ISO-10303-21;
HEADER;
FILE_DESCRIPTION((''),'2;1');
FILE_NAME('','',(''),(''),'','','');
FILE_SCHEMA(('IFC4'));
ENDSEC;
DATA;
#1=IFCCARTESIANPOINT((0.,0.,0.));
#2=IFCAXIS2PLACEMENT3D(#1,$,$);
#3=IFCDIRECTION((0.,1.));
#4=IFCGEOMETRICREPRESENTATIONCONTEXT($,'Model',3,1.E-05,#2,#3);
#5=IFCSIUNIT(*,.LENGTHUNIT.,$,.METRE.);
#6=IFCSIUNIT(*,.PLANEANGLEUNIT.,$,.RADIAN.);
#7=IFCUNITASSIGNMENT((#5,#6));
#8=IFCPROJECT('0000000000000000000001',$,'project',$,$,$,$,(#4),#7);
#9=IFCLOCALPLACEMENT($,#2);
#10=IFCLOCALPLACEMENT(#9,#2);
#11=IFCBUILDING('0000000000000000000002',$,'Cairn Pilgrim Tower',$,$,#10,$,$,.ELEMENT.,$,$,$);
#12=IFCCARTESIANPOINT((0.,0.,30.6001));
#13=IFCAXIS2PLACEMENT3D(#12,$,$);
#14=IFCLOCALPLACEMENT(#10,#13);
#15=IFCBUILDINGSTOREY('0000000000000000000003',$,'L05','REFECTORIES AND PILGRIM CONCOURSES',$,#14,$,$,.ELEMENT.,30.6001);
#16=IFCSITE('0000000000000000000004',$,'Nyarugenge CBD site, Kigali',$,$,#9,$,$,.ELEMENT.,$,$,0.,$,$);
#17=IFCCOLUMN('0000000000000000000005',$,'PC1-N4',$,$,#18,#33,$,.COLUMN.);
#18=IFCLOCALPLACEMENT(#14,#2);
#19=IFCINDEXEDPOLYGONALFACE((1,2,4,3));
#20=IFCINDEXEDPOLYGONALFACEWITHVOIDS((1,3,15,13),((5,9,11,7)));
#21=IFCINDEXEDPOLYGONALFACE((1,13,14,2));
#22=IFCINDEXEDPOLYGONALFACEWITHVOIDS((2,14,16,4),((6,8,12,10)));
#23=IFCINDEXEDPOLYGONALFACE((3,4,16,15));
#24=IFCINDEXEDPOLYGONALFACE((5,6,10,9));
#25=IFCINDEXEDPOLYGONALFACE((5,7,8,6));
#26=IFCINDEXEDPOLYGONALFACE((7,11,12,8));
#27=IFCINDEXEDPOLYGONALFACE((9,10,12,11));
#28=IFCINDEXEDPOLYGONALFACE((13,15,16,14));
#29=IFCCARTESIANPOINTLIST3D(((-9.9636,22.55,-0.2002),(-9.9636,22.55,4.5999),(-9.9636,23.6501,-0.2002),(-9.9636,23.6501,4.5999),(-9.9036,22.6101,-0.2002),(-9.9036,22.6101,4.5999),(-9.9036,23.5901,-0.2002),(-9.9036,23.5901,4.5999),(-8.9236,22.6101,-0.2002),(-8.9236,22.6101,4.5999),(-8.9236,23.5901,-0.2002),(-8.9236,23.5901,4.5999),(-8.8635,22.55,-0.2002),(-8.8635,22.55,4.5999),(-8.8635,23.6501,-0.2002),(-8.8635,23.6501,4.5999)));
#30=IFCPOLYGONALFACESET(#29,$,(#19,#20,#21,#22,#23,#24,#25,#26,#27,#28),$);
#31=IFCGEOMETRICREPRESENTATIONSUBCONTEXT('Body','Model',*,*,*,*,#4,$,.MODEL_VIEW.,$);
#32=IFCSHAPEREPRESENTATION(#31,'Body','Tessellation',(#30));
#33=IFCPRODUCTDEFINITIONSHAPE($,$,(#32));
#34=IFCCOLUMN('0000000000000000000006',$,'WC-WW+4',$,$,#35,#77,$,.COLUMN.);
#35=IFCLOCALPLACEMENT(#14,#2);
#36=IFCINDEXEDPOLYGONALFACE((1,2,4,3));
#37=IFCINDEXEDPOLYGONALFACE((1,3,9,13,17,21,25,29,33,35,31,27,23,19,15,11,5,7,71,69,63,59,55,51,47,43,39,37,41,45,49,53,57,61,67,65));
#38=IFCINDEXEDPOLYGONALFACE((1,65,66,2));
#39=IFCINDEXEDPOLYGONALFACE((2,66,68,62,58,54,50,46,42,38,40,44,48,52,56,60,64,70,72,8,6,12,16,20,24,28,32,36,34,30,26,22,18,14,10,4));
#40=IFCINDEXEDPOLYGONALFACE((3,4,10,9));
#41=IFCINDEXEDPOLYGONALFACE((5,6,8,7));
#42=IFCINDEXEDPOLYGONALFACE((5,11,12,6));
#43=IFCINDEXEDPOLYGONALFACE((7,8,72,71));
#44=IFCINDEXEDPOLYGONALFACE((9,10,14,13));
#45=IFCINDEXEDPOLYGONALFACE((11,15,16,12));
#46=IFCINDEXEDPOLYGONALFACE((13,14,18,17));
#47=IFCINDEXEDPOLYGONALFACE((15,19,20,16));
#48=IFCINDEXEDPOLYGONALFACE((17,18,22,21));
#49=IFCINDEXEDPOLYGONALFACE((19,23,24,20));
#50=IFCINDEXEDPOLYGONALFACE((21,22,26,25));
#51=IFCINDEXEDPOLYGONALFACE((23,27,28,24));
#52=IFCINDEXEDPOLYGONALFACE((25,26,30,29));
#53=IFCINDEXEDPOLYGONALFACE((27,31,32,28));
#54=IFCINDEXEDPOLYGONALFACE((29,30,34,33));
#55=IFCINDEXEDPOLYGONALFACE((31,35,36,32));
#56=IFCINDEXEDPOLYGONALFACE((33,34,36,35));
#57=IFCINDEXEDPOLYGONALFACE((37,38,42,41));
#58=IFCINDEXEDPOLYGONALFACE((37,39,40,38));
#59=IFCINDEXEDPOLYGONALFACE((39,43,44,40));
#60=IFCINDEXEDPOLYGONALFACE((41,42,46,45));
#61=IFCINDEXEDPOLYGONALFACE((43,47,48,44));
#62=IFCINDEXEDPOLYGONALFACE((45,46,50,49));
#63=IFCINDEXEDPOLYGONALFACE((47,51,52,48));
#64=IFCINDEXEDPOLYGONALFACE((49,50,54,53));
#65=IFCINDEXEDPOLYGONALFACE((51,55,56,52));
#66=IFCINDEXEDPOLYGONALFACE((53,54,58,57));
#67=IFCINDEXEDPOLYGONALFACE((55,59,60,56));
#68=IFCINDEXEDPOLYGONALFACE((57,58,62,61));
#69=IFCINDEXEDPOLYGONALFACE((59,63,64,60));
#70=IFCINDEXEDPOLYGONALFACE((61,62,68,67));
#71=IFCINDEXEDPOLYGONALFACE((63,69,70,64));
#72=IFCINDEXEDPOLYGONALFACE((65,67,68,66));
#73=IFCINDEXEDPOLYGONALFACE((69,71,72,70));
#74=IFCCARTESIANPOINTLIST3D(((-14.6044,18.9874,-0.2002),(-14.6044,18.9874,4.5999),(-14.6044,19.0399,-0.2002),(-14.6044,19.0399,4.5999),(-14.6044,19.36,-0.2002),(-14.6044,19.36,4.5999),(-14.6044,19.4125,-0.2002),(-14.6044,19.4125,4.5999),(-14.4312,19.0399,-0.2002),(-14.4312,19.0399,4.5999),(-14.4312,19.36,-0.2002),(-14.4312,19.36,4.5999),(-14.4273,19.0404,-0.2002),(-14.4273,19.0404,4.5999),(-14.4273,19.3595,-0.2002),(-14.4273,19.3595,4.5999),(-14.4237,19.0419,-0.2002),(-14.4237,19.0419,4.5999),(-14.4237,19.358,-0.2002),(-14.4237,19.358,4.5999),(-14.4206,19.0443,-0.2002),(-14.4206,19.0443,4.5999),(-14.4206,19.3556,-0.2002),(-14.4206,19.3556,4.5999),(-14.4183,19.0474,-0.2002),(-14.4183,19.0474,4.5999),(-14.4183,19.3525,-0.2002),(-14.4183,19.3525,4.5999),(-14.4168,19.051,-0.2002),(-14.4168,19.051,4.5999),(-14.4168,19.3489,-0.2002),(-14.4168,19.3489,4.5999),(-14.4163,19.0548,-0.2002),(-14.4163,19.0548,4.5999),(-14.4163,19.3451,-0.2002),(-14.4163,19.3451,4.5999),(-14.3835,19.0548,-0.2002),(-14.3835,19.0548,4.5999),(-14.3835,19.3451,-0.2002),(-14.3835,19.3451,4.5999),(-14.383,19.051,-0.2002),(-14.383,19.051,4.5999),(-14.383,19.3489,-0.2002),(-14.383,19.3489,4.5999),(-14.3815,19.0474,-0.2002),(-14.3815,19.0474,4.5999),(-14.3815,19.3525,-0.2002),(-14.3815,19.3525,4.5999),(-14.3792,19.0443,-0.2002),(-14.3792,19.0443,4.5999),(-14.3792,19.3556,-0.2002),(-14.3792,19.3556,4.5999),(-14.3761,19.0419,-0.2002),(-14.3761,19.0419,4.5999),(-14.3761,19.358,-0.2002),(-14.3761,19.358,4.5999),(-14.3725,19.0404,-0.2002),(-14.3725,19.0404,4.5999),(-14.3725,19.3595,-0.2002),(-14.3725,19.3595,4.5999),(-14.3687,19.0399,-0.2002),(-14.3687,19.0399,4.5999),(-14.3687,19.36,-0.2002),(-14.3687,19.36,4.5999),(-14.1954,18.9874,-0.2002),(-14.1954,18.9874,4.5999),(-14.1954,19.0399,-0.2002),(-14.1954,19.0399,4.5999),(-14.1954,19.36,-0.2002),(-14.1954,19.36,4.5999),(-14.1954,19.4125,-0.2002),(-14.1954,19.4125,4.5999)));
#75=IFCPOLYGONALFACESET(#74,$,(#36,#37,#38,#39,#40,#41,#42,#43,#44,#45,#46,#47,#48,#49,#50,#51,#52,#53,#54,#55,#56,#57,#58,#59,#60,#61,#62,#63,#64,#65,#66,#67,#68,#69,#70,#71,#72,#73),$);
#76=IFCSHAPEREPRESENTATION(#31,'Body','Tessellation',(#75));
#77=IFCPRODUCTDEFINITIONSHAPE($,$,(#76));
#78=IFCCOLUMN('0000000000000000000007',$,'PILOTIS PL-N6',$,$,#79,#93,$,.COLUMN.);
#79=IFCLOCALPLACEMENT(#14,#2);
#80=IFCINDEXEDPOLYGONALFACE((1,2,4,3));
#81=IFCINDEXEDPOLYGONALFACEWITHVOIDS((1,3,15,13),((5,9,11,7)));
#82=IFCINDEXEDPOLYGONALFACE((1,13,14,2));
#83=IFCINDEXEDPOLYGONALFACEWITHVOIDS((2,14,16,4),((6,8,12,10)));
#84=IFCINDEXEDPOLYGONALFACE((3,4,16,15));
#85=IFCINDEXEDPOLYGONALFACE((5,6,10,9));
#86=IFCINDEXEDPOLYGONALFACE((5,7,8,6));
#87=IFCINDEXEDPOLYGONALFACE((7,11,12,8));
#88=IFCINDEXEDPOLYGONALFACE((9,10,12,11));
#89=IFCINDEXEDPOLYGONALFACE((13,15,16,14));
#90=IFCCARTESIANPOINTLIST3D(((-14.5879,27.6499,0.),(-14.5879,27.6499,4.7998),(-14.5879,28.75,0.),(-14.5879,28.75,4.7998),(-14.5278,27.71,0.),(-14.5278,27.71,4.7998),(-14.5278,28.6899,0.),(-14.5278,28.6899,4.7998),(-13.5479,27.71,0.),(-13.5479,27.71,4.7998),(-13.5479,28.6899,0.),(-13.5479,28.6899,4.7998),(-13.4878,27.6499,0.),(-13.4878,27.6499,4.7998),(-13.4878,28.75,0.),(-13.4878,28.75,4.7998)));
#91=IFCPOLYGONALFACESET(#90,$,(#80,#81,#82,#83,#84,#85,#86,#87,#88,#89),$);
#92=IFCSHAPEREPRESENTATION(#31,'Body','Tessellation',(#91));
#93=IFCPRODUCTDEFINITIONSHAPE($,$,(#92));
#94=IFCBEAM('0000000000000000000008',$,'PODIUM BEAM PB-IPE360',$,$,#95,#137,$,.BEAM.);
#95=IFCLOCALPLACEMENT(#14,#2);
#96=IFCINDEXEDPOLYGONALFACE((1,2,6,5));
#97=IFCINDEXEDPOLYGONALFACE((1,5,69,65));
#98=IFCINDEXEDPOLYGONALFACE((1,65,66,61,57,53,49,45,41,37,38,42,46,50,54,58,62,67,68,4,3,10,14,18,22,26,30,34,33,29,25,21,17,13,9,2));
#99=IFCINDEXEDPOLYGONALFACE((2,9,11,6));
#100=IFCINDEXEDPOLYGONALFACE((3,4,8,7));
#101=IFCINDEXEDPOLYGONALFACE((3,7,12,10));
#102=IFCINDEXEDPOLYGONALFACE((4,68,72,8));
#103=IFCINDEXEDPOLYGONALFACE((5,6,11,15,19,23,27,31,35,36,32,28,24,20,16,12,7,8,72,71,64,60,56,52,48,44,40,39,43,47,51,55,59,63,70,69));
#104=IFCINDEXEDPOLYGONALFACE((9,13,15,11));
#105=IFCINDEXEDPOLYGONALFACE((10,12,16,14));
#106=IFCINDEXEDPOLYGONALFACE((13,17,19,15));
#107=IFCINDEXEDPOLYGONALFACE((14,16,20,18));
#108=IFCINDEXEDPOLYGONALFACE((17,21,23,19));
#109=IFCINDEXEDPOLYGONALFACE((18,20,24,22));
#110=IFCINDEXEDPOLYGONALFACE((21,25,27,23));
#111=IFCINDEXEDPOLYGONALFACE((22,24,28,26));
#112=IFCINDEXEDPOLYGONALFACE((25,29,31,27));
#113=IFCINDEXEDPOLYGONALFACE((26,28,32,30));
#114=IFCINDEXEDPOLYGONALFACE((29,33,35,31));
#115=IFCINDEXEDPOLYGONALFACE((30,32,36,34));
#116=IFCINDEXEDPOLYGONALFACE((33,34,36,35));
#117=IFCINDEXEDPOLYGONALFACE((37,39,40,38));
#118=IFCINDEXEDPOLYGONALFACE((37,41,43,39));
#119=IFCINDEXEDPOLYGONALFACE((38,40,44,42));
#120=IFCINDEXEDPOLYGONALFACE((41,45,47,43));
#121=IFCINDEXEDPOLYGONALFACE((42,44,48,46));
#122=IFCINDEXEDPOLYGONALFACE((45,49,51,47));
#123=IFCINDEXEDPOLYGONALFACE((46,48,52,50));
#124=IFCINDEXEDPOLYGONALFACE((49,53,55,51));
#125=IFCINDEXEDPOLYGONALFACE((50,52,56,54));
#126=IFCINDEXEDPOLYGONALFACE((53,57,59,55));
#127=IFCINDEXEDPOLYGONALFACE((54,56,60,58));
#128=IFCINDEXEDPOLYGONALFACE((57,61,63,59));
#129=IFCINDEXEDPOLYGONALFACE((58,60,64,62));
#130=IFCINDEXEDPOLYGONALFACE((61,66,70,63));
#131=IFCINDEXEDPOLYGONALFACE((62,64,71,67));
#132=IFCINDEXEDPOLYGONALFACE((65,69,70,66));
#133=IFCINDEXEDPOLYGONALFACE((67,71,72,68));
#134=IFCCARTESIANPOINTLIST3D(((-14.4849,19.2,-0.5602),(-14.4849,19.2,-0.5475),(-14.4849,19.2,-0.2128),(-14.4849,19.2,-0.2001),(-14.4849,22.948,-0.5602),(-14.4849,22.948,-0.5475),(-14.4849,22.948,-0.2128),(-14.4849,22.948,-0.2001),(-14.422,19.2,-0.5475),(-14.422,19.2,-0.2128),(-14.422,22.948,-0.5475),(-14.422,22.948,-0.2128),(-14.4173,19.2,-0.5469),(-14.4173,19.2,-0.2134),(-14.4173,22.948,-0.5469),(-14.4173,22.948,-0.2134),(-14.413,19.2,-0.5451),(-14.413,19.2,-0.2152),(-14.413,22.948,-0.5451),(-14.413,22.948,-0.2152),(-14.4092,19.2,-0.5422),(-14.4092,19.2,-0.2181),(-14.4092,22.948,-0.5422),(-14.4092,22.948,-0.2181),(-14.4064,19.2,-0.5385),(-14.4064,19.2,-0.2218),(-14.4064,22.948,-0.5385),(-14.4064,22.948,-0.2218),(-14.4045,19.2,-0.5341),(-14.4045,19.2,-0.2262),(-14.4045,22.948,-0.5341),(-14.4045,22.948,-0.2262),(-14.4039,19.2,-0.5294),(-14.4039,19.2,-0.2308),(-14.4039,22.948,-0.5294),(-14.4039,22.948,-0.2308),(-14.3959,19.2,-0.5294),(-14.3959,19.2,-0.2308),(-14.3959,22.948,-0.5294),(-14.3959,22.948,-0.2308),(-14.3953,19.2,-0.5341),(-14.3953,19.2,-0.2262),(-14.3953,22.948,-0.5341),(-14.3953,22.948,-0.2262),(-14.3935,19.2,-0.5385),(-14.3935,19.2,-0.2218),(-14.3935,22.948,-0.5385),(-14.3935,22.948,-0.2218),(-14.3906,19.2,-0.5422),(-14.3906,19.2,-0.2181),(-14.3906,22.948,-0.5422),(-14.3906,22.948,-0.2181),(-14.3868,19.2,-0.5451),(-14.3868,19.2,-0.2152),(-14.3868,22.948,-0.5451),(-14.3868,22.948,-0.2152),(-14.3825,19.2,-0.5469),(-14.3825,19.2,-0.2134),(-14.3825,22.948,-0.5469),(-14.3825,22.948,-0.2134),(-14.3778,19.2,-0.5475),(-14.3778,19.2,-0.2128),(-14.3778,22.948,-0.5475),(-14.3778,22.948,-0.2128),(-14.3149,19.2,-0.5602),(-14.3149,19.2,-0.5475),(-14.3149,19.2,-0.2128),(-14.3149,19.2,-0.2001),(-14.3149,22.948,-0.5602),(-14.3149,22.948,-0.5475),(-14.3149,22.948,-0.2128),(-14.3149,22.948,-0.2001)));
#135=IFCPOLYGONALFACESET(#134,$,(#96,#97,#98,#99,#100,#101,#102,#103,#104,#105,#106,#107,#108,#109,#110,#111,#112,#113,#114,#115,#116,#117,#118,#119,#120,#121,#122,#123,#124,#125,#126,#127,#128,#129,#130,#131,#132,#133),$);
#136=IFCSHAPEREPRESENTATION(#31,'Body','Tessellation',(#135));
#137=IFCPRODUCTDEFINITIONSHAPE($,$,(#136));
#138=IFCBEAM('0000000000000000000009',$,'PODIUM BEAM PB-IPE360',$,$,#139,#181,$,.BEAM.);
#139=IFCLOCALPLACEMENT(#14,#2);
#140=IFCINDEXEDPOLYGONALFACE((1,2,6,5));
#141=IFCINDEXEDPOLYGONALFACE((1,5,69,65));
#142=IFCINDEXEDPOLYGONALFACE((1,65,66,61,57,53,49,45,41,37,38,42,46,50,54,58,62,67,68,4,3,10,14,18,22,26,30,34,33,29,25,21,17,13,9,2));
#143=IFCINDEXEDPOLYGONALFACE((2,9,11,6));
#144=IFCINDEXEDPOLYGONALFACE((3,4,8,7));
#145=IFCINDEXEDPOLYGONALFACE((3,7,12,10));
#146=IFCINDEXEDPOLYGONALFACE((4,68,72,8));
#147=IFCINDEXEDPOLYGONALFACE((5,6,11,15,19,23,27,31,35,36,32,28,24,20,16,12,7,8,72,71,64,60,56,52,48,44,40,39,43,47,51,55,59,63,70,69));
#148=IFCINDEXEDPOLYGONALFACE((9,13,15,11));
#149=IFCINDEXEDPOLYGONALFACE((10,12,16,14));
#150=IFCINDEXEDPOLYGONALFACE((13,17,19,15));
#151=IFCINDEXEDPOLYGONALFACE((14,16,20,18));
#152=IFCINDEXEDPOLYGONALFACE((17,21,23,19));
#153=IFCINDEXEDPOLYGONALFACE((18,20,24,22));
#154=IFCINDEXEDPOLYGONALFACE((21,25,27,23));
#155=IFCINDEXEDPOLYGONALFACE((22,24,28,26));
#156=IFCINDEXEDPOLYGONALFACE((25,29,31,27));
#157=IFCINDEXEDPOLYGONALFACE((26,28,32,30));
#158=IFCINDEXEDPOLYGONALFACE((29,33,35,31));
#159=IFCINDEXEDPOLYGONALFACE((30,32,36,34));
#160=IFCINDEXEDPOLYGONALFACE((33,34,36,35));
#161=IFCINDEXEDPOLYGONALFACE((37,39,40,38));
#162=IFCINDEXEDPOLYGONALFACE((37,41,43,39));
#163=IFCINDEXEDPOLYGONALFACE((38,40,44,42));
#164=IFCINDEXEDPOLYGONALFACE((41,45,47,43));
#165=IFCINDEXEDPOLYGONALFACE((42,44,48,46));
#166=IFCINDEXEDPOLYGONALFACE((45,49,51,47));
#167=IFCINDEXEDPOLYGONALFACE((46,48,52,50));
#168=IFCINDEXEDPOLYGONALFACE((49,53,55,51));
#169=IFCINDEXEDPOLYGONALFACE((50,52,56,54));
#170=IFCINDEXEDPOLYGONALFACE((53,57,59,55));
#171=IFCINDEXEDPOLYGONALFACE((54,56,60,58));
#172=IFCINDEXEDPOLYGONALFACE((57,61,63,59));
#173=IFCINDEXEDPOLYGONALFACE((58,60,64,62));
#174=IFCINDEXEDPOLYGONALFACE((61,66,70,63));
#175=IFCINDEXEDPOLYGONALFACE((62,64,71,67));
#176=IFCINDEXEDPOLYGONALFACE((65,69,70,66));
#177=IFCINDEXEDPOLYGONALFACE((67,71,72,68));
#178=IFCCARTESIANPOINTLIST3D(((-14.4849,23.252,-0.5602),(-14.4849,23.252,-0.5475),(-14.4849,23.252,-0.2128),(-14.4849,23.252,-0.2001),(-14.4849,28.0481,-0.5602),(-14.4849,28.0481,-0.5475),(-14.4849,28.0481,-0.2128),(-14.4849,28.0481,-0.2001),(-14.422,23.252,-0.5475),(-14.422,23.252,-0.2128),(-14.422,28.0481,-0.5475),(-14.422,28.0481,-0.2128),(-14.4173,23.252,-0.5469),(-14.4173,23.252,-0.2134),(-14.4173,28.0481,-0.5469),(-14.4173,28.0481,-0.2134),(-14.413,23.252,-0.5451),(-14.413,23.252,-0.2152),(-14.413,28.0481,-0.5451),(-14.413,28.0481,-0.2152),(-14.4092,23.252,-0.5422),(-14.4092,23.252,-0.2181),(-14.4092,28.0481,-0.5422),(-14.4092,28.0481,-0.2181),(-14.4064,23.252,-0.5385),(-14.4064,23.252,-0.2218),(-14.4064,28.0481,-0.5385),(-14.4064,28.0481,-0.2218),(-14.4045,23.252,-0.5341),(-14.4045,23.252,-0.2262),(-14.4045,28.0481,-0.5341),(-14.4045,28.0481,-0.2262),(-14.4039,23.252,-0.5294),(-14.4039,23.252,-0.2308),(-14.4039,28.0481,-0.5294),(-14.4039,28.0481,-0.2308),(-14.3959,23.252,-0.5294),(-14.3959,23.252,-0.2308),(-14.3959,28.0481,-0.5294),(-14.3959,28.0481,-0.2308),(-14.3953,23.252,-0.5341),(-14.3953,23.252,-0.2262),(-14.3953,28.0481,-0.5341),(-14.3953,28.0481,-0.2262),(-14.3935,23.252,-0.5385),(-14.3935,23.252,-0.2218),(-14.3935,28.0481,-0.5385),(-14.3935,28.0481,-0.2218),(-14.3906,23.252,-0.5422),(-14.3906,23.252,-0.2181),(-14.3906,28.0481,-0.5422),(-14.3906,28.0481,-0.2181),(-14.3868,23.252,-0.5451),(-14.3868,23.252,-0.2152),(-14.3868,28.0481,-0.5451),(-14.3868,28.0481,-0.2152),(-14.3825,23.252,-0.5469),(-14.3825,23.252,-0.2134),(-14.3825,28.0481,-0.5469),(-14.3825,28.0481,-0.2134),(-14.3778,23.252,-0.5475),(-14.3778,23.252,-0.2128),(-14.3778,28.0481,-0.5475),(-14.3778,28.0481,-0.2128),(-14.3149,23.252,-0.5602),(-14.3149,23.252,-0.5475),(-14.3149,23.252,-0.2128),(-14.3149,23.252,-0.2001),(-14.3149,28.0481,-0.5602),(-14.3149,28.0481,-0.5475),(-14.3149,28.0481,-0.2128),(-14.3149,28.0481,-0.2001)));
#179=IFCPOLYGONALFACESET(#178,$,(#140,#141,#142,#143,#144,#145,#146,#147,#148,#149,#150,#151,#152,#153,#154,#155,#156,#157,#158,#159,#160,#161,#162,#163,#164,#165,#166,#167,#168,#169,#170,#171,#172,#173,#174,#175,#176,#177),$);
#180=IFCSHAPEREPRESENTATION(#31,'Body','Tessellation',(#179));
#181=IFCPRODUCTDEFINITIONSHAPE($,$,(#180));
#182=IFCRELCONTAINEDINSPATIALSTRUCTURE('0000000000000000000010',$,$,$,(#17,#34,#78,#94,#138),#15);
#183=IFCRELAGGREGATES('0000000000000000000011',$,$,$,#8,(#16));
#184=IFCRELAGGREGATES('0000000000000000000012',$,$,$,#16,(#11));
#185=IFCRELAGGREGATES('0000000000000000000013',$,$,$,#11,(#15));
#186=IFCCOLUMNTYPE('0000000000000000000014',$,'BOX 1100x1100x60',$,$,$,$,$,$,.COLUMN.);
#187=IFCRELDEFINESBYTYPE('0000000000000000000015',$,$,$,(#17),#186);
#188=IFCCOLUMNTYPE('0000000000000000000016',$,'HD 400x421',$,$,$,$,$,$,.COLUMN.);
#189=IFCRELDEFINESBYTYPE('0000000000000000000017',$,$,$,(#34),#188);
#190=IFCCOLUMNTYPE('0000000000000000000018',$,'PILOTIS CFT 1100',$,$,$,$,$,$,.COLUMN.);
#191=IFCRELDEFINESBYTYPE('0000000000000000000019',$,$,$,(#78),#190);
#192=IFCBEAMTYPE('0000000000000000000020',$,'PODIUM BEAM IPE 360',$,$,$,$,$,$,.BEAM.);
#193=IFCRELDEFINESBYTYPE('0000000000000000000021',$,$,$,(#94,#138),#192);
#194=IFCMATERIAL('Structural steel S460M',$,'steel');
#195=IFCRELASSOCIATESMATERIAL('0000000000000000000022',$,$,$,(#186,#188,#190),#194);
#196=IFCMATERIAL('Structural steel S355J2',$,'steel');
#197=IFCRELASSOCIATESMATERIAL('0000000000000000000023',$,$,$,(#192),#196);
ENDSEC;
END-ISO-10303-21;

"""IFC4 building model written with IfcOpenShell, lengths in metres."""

from ifc_helpers import new_model, si_unit, direction, frame, origin, origin_2d, place, context, subcontext, project, spatial, hollow_rectangle, i_section, extrude, material, material_profile, profile_set, type_object, element, save


model = new_model("IFC4")

# Units and contexts
model_context = context("Model", 3, precision=1e-05, world=origin(), true_north=direction((0.0, 1.0)))
body_context = subcontext(model_context, "Body", "Model", "MODEL_VIEW")
ifc_project = project(units=[si_unit("LENGTHUNIT", "METRE"), si_unit("PLANEANGLEUNIT", "RADIAN")], contexts=[model_context])

# Site, building, storey
site_placement = place(None, origin())
site = spatial("IfcSite", under=ifc_project, at=site_placement, Name="Nyarugenge CBD site, Kigali", CompositionType="ELEMENT", RefElevation=0.0)
building_placement = place(site_placement, origin())
building = spatial("IfcBuilding", under=site, at=building_placement, Name="Cairn Pilgrim Tower", CompositionType="ELEMENT")
storey_placement = place(building_placement, frame((0.0, 0.0, 30.6001)))
storey = spatial("IfcBuildingStorey", under=building, at=storey_placement, Name="L05", Description="REFECTORIES AND PILGRIM CONCOURSES", CompositionType="ELEMENT", Elevation=30.6001)

# Columns
ifc_material_1 = material(Name="Structural steel S460M", Category="steel")
ifc_material_profile_1 = material_profile(ifc_material_1, hollow_rectangle(XDim=1.1001, YDim=1.1001, WallThickness=0.0601, at=origin_2d()), Name="BOX 1100x1100x60")
ifc_profile_set_1 = profile_set([ifc_material_profile_1], Name="Structural steel S460M")
column_type_1 = type_object("IfcColumnType", Name="BOX 1100x1100x60", PredefinedType="COLUMN", material=ifc_profile_set_1)
column_1_placement = place(storey_placement, frame((-9.4136, 23.1001, -0.2002), z_axis=(0.0, 0.0, 1.0), x_axis=(1.0, 0.0, 0.0)))
element("IfcColumn", 1, at=column_1_placement, inside=storey, type_object=column_type_1, Name="PC1-N4", PredefinedType="COLUMN", context=body_context, shape_type="SweptSolid", body=[
    extrude(hollow_rectangle(XDim=1.1001, YDim=1.1001, WallThickness=0.0601, at=origin_2d()), origin(), (0.0, 0.0, 1.0), 4.8),
])
ifc_material_profile_2 = material_profile(ifc_material_1, i_section(OverallWidth=0.4089, OverallDepth=0.425, WebThickness=0.0327, FlangeThickness=0.0525, FilletRadius=0.0149, at=origin_2d()), Name="HD 400x421")
ifc_profile_set_2 = profile_set([ifc_material_profile_2], Name="Structural steel S460M")
column_type_2 = type_object("IfcColumnType", Name="HD 400x421", PredefinedType="COLUMN", material=ifc_profile_set_2)
column_2_placement = place(storey_placement, frame((-14.3999, 19.2, -0.2002), z_axis=(0.0, 0.0, 1.0), x_axis=(1.0, 0.0, 0.0)))
element("IfcColumn", 2, at=column_2_placement, inside=storey, type_object=column_type_2, Name="WC-WW+4", PredefinedType="COLUMN", context=body_context, shape_type="SweptSolid", body=[
    extrude(i_section(OverallWidth=0.4089, OverallDepth=0.425, WebThickness=0.0327, FlangeThickness=0.0525, FilletRadius=0.0149, at=origin_2d()), origin(), (0.0, 0.0, 1.0), 4.8),
])
ifc_material_profile_3 = material_profile(ifc_material_1, hollow_rectangle(XDim=1.1001, YDim=1.1001, WallThickness=0.0601, at=origin_2d()), Name="BOX 1100x1100x60")
ifc_profile_set_3 = profile_set([ifc_material_profile_3], Name="Structural steel S460M")
column_type_3 = type_object("IfcColumnType", Name="PILOTIS CFT 1100", PredefinedType="COLUMN", material=ifc_profile_set_3)
column_3_placement = place(storey_placement, frame((-14.0378, 28.2, 0.0), z_axis=(0.0, 0.0, 1.0), x_axis=(1.0, 0.0, 0.0)))
element("IfcColumn", 3, at=column_3_placement, inside=storey, type_object=column_type_3, Name="PILOTIS PL-N6", PredefinedType="COLUMN", context=body_context, shape_type="SweptSolid", body=[
    extrude(hollow_rectangle(XDim=1.1001, YDim=1.1001, WallThickness=0.0601, at=origin_2d()), origin(), (0.0, 0.0, 1.0), 4.7998),
])

# Beams
ifc_material_2 = material(Name="Structural steel S355J2", Category="steel")
ifc_material_profile_4 = material_profile(ifc_material_2, i_section(OverallWidth=0.1699, OverallDepth=0.3601, WebThickness=0.0081, FlangeThickness=0.0127, FilletRadius=0.0181, at=origin_2d()), Name="IPE 360")
ifc_profile_set_4 = profile_set([ifc_material_profile_4], Name="Structural steel S355J2")
beam_type_1 = type_object("IfcBeamType", Name="PODIUM BEAM IPE 360", PredefinedType="BEAM", material=ifc_profile_set_4)
beam_1_placement = place(storey_placement, frame((-14.3999, 19.2, -0.3801), z_axis=(0.0, 1.0, 0.0), x_axis=(-1.0, 0.0, 0.0)))
element("IfcBeam", 4, at=beam_1_placement, inside=storey, type_object=beam_type_1, Name="PODIUM BEAM PB-IPE360", PredefinedType="BEAM", context=body_context, shape_type="SweptSolid", body=[
    extrude(i_section(OverallWidth=0.1699, OverallDepth=0.3601, WebThickness=0.0081, FlangeThickness=0.0127, FilletRadius=0.0181, at=origin_2d()), origin(), (0.0, 0.0, 1.0), 3.748),
])
beam_2_placement = place(storey_placement, frame((-14.3999, 23.252, -0.3801), z_axis=(0.0, 1.0, 0.0), x_axis=(-1.0, 0.0, 0.0)))
element("IfcBeam", 5, at=beam_2_placement, inside=storey, type_object=beam_type_1, Name="PODIUM BEAM PB-IPE360", PredefinedType="BEAM", context=body_context, shape_type="SweptSolid", body=[
    extrude(i_section(OverallWidth=0.1699, OverallDepth=0.3601, WebThickness=0.0081, FlangeThickness=0.0127, FilletRadius=0.0181, at=origin_2d()), origin(), (0.0, 0.0, 1.0), 4.7961),
])

save(model, "model.ifc")
